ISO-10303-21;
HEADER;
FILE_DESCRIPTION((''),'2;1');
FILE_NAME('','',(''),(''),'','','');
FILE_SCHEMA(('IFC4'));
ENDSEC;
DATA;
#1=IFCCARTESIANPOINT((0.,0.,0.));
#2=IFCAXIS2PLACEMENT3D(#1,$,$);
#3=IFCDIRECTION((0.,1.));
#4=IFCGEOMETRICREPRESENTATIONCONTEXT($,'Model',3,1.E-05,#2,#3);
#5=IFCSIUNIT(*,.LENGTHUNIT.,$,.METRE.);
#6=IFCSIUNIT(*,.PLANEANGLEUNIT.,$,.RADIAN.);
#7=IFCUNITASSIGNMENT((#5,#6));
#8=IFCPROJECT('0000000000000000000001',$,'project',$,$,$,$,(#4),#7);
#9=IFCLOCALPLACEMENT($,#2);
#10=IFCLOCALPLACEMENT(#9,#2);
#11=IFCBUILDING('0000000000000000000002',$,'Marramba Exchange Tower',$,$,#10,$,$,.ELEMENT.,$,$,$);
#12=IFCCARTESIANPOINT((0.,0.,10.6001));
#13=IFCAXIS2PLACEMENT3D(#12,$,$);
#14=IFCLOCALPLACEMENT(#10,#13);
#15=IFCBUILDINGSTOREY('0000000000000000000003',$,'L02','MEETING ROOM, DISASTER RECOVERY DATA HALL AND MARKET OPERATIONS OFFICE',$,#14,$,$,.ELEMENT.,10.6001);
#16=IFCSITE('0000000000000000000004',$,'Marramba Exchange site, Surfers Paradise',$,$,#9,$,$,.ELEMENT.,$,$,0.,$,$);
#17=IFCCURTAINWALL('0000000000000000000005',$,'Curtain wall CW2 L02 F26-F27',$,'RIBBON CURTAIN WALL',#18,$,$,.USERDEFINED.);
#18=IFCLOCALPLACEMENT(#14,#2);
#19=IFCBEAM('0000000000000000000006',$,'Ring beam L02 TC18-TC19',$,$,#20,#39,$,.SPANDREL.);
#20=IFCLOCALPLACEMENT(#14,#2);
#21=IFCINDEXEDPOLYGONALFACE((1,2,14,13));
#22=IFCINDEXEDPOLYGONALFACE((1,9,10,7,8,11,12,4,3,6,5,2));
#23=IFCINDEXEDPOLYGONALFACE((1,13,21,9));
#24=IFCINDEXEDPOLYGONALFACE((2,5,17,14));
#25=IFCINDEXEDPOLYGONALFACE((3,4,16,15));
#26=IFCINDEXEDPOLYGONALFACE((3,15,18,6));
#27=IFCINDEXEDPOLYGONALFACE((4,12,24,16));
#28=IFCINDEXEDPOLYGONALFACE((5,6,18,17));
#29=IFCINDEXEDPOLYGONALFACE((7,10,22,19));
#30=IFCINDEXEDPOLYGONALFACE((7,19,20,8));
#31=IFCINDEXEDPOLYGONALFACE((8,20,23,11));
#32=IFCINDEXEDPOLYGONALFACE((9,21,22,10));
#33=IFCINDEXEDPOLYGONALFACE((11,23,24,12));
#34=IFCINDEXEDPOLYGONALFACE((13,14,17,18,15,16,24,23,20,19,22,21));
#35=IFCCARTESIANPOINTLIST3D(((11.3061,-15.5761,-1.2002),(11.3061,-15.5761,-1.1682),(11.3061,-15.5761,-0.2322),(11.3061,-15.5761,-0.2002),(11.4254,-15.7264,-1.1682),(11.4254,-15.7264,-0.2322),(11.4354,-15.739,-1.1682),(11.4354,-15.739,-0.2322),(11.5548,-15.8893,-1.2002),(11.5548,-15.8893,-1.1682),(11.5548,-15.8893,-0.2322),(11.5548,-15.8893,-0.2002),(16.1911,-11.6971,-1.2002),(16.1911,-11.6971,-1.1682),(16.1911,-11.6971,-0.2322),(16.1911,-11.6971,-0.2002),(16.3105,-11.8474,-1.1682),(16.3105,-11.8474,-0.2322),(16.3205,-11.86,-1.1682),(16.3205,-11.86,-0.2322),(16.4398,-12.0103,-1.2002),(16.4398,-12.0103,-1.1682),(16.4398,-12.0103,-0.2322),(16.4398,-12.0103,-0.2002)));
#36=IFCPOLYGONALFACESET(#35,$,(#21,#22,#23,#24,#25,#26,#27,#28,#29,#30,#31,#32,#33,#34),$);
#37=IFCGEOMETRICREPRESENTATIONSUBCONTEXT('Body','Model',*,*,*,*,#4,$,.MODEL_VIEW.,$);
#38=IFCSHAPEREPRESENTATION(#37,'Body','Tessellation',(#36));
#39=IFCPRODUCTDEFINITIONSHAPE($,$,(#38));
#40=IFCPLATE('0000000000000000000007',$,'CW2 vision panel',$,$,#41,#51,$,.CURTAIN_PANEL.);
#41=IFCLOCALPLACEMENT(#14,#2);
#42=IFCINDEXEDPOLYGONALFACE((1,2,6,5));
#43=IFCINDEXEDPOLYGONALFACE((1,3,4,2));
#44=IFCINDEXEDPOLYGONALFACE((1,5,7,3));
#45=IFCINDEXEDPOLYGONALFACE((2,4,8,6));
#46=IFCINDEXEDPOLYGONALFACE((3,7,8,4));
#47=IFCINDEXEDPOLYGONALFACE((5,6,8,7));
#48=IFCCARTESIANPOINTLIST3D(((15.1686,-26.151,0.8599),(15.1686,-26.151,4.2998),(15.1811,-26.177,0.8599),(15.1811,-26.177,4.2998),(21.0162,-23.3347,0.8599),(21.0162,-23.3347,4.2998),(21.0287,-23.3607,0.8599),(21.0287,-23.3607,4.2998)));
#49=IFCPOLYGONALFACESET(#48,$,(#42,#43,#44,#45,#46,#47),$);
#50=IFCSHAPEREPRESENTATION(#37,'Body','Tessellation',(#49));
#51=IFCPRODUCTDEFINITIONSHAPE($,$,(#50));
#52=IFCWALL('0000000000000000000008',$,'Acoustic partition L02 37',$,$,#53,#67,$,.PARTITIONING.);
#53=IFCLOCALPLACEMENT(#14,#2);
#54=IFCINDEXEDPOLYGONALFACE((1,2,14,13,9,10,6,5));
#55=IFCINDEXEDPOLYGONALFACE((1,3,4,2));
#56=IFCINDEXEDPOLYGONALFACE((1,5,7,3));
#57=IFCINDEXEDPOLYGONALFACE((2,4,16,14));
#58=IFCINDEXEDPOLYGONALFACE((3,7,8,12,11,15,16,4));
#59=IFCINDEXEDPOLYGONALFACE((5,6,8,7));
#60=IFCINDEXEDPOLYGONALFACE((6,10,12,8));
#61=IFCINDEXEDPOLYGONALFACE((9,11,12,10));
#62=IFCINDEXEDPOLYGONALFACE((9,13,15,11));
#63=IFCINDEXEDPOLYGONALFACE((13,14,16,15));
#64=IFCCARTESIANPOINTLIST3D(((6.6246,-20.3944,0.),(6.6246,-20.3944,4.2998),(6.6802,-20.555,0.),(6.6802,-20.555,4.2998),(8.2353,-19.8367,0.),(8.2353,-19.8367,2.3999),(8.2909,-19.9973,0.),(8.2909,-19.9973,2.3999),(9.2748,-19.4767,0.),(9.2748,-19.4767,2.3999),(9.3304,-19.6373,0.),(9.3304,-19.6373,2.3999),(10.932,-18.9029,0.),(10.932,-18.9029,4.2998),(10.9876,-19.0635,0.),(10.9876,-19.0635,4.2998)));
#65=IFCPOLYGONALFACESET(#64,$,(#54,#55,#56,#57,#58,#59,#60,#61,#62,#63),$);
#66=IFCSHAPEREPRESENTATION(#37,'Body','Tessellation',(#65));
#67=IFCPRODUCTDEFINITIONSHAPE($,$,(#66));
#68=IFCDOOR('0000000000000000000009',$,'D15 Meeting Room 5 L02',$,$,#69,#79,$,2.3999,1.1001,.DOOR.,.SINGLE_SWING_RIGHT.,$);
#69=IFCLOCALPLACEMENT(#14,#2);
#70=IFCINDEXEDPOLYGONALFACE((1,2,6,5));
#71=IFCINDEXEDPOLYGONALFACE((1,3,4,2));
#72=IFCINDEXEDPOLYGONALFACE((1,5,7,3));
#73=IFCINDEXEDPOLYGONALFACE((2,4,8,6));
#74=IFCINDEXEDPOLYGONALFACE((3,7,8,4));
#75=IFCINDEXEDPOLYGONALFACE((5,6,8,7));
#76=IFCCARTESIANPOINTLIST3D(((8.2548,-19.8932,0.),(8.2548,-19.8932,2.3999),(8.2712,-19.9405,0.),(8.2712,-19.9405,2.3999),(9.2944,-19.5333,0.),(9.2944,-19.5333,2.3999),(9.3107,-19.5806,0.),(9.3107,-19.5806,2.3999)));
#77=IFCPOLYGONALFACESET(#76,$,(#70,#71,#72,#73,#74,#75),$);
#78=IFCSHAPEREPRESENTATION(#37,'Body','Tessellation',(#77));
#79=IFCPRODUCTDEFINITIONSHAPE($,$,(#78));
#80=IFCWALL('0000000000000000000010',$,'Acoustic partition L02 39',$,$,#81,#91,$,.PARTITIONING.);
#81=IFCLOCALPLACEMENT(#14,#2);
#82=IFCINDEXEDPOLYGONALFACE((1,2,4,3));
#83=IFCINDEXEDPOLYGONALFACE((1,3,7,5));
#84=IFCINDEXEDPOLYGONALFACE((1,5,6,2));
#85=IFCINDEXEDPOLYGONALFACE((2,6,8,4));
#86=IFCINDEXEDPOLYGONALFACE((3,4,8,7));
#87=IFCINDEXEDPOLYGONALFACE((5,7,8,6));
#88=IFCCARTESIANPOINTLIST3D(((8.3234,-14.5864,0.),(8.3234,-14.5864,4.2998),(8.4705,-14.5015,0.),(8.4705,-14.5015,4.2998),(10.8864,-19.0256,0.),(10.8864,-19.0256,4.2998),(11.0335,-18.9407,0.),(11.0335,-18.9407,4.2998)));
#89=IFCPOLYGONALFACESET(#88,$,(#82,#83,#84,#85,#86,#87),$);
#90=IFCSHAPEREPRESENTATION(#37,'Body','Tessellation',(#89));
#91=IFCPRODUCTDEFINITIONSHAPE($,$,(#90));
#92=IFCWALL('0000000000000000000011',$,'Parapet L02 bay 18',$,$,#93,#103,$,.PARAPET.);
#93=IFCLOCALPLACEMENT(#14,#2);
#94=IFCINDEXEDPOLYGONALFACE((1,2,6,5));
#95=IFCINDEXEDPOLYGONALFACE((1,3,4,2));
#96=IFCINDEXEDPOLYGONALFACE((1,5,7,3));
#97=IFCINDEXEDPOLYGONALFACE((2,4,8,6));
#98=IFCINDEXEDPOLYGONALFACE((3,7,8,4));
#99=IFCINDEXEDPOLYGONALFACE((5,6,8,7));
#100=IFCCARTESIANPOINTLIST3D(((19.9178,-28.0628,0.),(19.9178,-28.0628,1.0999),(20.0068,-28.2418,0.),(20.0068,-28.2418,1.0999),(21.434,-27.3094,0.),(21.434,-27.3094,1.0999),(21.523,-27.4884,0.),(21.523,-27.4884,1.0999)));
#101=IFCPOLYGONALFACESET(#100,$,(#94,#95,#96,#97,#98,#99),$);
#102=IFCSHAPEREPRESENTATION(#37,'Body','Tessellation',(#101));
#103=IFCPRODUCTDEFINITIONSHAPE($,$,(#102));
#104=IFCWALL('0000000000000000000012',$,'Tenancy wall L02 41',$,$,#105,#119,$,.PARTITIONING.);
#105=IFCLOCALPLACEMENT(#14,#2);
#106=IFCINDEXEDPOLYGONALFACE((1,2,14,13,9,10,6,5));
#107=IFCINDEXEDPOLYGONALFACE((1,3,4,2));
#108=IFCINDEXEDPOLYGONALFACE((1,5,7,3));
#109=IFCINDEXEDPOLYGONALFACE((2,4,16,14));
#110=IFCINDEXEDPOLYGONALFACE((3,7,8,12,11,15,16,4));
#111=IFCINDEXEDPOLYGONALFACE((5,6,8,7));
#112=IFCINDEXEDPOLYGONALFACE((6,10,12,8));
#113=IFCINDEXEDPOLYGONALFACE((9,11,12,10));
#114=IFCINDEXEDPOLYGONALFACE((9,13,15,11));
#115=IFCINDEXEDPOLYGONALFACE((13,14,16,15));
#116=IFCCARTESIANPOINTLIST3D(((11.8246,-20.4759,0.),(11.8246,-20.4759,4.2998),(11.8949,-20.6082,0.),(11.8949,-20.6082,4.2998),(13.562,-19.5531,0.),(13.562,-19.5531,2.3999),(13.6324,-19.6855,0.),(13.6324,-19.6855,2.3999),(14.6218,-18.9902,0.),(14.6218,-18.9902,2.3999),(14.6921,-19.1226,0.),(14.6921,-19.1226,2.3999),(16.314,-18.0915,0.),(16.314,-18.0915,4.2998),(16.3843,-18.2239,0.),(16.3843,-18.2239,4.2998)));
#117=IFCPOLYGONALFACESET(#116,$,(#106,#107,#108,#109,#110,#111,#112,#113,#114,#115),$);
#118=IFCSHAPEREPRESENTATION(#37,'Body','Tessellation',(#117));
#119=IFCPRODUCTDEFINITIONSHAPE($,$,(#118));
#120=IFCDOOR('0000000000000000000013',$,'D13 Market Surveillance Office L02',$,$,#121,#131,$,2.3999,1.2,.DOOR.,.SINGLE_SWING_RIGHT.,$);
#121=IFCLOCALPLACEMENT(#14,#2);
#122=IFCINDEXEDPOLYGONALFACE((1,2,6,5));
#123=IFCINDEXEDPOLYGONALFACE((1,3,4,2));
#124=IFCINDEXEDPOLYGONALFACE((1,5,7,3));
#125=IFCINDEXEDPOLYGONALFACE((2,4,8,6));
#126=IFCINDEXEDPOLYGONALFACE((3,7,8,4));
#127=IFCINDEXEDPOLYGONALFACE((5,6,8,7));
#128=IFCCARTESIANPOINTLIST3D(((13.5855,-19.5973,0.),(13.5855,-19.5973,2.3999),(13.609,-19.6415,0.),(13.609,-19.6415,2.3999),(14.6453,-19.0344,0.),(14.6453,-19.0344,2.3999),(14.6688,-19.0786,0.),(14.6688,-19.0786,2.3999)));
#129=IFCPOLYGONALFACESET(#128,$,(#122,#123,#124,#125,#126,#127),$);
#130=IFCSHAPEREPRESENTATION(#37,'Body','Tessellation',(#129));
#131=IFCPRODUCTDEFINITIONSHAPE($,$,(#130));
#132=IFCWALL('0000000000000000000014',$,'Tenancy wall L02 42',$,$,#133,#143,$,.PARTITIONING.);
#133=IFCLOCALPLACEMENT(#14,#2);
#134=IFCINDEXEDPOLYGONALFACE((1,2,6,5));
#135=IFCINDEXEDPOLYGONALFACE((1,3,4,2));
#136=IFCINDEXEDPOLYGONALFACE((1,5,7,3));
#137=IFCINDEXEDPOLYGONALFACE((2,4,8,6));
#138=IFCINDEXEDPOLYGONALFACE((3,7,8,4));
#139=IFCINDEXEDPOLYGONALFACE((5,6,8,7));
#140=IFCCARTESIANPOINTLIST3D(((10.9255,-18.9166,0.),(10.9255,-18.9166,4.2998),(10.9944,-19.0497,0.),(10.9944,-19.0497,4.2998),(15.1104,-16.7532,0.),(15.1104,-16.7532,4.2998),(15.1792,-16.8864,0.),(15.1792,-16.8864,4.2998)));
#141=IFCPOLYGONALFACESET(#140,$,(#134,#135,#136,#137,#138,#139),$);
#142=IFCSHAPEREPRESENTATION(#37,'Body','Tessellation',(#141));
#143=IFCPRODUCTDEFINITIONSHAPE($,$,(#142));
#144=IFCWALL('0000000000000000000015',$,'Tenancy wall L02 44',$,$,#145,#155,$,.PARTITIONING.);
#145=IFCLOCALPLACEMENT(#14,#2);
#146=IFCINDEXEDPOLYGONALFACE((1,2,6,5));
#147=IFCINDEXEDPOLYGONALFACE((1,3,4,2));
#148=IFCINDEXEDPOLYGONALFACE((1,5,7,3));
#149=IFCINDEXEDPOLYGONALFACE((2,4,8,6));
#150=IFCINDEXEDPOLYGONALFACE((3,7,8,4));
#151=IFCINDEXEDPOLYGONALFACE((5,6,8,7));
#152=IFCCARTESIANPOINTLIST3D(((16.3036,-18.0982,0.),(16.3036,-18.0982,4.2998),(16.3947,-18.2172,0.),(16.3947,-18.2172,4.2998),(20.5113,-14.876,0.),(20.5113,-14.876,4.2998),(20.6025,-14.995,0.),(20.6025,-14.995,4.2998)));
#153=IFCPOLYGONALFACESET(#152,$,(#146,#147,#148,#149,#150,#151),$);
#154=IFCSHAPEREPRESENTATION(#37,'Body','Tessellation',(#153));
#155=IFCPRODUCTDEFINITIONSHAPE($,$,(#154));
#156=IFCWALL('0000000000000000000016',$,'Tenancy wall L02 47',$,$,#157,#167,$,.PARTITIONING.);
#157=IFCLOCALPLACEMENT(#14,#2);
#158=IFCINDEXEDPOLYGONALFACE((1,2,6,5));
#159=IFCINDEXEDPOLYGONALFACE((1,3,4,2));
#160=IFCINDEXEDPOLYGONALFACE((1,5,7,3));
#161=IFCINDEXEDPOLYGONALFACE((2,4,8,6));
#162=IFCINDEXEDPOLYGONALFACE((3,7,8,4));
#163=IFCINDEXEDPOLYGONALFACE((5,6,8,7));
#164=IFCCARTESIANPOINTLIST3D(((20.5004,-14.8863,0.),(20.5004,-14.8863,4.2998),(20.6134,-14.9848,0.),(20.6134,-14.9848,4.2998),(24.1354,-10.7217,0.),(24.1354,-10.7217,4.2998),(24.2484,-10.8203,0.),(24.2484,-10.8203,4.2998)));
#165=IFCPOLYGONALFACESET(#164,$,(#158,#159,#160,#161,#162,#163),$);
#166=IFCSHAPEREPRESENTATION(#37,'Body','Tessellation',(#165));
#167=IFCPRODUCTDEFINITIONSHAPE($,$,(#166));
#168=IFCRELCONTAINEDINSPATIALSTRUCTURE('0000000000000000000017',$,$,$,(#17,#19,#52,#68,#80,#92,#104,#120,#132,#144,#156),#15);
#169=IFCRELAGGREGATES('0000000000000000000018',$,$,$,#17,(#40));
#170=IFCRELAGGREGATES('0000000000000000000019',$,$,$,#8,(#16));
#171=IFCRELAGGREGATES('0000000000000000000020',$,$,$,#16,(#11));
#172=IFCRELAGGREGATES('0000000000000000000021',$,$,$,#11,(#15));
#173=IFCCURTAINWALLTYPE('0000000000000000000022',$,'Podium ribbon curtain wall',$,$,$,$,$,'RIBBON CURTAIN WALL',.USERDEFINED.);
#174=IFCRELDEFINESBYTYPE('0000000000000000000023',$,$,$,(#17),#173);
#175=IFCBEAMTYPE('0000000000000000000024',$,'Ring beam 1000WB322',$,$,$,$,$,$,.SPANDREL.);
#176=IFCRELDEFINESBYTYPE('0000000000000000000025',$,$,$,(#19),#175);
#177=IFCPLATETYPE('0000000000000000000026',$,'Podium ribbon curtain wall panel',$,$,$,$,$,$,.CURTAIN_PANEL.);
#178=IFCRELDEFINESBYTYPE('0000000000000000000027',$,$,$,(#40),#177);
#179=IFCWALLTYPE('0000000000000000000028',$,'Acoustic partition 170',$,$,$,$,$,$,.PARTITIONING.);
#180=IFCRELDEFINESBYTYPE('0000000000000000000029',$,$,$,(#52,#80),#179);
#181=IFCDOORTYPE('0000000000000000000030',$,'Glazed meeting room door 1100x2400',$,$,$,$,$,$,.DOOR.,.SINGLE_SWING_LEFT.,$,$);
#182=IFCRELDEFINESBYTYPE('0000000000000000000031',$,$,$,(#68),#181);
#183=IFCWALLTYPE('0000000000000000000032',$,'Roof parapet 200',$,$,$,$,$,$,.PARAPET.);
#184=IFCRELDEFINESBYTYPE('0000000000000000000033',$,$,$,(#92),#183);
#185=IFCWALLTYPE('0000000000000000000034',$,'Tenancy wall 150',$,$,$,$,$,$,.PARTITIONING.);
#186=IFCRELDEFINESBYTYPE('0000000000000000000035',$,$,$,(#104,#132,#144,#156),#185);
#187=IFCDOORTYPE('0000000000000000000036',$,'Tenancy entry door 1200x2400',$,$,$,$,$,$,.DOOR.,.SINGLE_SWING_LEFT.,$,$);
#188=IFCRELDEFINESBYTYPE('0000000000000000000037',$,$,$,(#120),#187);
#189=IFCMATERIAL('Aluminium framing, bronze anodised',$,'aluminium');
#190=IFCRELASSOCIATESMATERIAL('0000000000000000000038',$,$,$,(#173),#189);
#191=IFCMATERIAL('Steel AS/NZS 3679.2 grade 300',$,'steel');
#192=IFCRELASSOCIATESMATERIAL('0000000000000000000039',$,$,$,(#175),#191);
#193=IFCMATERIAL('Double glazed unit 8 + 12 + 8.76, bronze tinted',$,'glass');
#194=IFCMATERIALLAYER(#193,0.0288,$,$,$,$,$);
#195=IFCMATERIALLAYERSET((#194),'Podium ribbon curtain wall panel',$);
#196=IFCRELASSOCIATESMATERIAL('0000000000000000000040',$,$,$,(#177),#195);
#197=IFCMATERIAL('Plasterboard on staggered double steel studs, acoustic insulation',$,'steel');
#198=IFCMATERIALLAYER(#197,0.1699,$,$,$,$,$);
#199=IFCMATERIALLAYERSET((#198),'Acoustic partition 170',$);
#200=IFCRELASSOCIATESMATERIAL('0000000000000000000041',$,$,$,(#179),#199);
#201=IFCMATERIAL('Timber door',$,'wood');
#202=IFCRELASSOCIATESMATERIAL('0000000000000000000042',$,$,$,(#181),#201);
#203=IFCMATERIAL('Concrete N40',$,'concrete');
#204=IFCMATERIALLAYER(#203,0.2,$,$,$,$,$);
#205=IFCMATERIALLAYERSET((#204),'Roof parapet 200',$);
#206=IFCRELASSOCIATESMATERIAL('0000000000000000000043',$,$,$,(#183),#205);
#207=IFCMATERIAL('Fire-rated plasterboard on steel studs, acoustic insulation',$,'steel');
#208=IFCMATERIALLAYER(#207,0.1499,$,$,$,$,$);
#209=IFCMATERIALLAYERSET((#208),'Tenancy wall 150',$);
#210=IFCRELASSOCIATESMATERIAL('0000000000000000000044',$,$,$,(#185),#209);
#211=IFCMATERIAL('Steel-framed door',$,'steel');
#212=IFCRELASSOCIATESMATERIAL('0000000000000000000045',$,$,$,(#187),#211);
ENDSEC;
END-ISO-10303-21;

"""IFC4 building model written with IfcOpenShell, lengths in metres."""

from ifc_helpers import new_model, si_unit, direction, frame, frame_2d, origin, origin_2d, place, context, subcontext, project, spatial, rectangle, i_section, extrude, material, layer, layer_set, material_profile, profile_set, type_object, element, fill, aggregate, save


model = new_model("IFC4")

# Units and contexts
model_context = context("Model", 3, precision=1e-05, world=origin(), true_north=direction((0.0, 1.0)))
body_context = subcontext(model_context, "Body", "Model", "MODEL_VIEW")
ifc_project = project(units=[si_unit("LENGTHUNIT", "METRE"), si_unit("PLANEANGLEUNIT", "RADIAN")], contexts=[model_context])

# Site, building, storey
site_placement = place(None, origin())
site = spatial("IfcSite", under=ifc_project, at=site_placement, Name="Marramba Exchange site, Surfers Paradise", CompositionType="ELEMENT", RefElevation=0.0)
building_placement = place(site_placement, origin())
building = spatial("IfcBuilding", under=site, at=building_placement, Name="Marramba Exchange Tower", CompositionType="ELEMENT")
storey_placement = place(building_placement, frame((0.0, 0.0, 10.6001)))
storey = spatial("IfcBuildingStorey", under=building, at=storey_placement, Name="L02", Description="MEETING ROOM, DISASTER RECOVERY DATA HALL AND MARKET OPERATIONS OFFICE", CompositionType="ELEMENT", Elevation=10.6001)

# Curtain wall
ifc_material_1 = material(Name="Aluminium framing, bronze anodised", Category="aluminium")
curtain_wall_type = type_object("IfcCurtainWallType", Name="Podium ribbon curtain wall", ElementType="RIBBON CURTAIN WALL", PredefinedType="USERDEFINED", material=ifc_material_1)
curtain_wall_placement = place(storey_placement, origin())
curtain_wall = element("IfcCurtainWall", 1, at=curtain_wall_placement, inside=storey, type_object=curtain_wall_type, Name="Curtain wall CW2 L02 F26-F27", ObjectType="RIBBON CURTAIN WALL", PredefinedType="USERDEFINED")

# Beam
ifc_material_2 = material(Name="Steel AS/NZS 3679.2 grade 300", Category="steel")
ifc_material_profile_1 = material_profile(ifc_material_2, i_section(OverallWidth=0.3999, OverallDepth=1.0, WebThickness=0.0161, FlangeThickness=0.032, at=origin_2d()), Name="1000WB322")
ifc_profile_set_1 = profile_set([ifc_material_profile_1], Name="Steel AS/NZS 3679.2 grade 300")
beam_type_1 = type_object("IfcBeamType", Name="Ring beam 1000WB322", PredefinedType="SPANDREL", material=ifc_profile_set_1)
beam_1_placement = place(storey_placement, frame((11.4304, -15.7327, -0.7002), z_axis=(0.783139, 0.621846, 0.0), x_axis=(-0.621846, 0.783139, 0.0)))
element("IfcBeam", 2, at=beam_1_placement, inside=storey, type_object=beam_type_1, Name="Ring beam L02 TC18-TC19", PredefinedType="SPANDREL", context=body_context, shape_type="SweptSolid", body=[
    extrude(i_section(OverallWidth=0.3999, OverallDepth=1.0, WebThickness=0.0161, FlangeThickness=0.032, at=origin_2d()), origin(), (0.0, 0.0, 1.0), 6.2378),
])

# Plate
ifc_material_3 = material(Name="Double glazed unit 8 + 12 + 8.76, bronze tinted", Category="glass")
ifc_layer_1 = layer(ifc_material_3, 0.0288)
ifc_layer_set_1 = layer_set([ifc_layer_1], Name="Podium ribbon curtain wall panel")
plate_type = type_object("IfcPlateType", Name="Podium ribbon curtain wall panel", PredefinedType="CURTAIN_PANEL", material=ifc_layer_set_1)
plate_placement = place(storey_placement, frame((18.0986, -24.7559, 0.8599), z_axis=(0.0, 0.0, 1.0), x_axis=(0.900956, 0.43391, 0.0)))
plate = element("IfcPlate", 3, at=plate_placement, type_object=plate_type, Name="CW2 vision panel", PredefinedType="CURTAIN_PANEL", context=body_context, shape_type="SweptSolid", body=[
    extrude(rectangle(XDim=6.4905, YDim=0.0288, at=origin_2d()), origin(), (0.0, 0.0, 1.0), 3.4399),
])
aggregate(curtain_wall, [plate])

# Wall, opening, door
ifc_material_4 = material(Name="Plasterboard on staggered double steel studs, acoustic insulation", Category="steel")
ifc_layer_2 = layer(ifc_material_4, 0.1699)
ifc_layer_set_2 = layer_set([ifc_layer_2], Name="Acoustic partition 170")
wall_type_1 = type_object("IfcWallType", Name="Acoustic partition 170", PredefinedType="PARTITIONING", material=ifc_layer_set_2)
wall_1_placement = place(storey_placement, frame((10.96, -18.9832, 0.0), z_axis=(0.0, 0.0, 1.0), x_axis=(-0.944956, -0.327197, 0.0)))
wall_1 = element("IfcWall", 4, at=wall_1_placement, inside=storey, type_object=wall_type_1, Name="Acoustic partition L02 37", PredefinedType="PARTITIONING", context=body_context, shape_type="SweptSolid", body=[
    extrude(rectangle(XDim=4.5583, YDim=0.1699, at=frame_2d((2.2793, 0.0))), origin(), (0.0, 0.0, 1.0), 4.2998),
])
opening_1_placement = place(wall_1_placement, frame((1.7539, 0.0, 0.0)))
opening_1 = element("IfcOpeningElement", 5, at=opening_1_placement, cuts=wall_1, PredefinedType="OPENING", context=body_context, shape_type="SweptSolid", body=[
    extrude(rectangle(XDim=1.1001, YDim=2.3999, at=frame_2d((0.55, 1.2))), frame((0.0, 0.095, 0.0), z_axis=(0.0, -1.0, 0.0), x_axis=(1.0, 0.0, 0.0)), (0.0, 0.0, 1.0), 0.1899),
])
ifc_material_5 = material(Name="Timber door", Category="wood")
door_type_1 = type_object("IfcDoorType", Name="Glazed meeting room door 1100x2400", OperationType="SINGLE_SWING_LEFT", PredefinedType="DOOR", material=ifc_material_5)
door_1_placement = place(opening_1_placement, origin())
door_1 = element("IfcDoor", 6, at=door_1_placement, inside=storey, type_object=door_type_1, Name="D15 Meeting Room 5 L02", OperationType="SINGLE_SWING_RIGHT", OverallHeight=2.3999, OverallWidth=1.1001, PredefinedType="DOOR", context=body_context, shape_type="SweptSolid", body=[
    extrude(rectangle(XDim=1.1001, YDim=2.3999, at=frame_2d((0.55, 1.2))), frame((0.0, 0.0249, 0.0), z_axis=(0.0, -1.0, 0.0), x_axis=(1.0, 0.0, 0.0)), (0.0, 0.0, 1.0), 0.05),
])
fill(opening_1, door_1)

# Walls
wall_2_placement = place(storey_placement, frame((10.96, -18.9832, 0.0), z_axis=(0.0, 0.0, 1.0), x_axis=(-0.500001, 0.866025, 0.0)))
element("IfcWall", 7, at=wall_2_placement, inside=storey, type_object=wall_type_1, Name="Acoustic partition L02 39", PredefinedType="PARTITIONING", context=body_context, shape_type="SweptSolid", body=[
    extrude(rectangle(XDim=5.126, YDim=0.1699, at=frame_2d((2.563, 0.0))), origin(), (0.0, 0.0, 1.0), 4.2998),
])
ifc_material_6 = material(Name="Concrete N40", Category="concrete")
ifc_layer_3 = layer(ifc_material_6, 0.2)
ifc_layer_set_3 = layer_set([ifc_layer_3], Name="Roof parapet 200")
wall_type_2 = type_object("IfcWallType", Name="Roof parapet 200", PredefinedType="PARAPET", material=ifc_layer_set_3)
wall_3_placement = place(storey_placement, frame((19.9622, -28.1523, 0.0), z_axis=(0.0, 0.0, 1.0), x_axis=(0.895549, 0.444963, 0.0)))
element("IfcWall", 8, at=wall_3_placement, inside=storey, type_object=wall_type_2, Name="Parapet L02 bay 18", PredefinedType="PARAPET", context=body_context, shape_type="SweptSolid", body=[
    extrude(rectangle(XDim=1.6931, YDim=0.2, at=frame_2d((0.8467, 0.0))), origin(), (0.0, 0.0, 1.0), 1.0999),
])

# Wall, opening, door
ifc_material_7 = material(Name="Fire-rated plasterboard on steel studs, acoustic insulation", Category="steel")
ifc_layer_4 = layer(ifc_material_7, 0.1499)
ifc_layer_set_4 = layer_set([ifc_layer_4], Name="Tenancy wall 150")
wall_type_3 = type_object("IfcWallType", Name="Tenancy wall 150", PredefinedType="PARTITIONING", material=ifc_layer_set_4)
wall_4_placement = place(storey_placement, frame((11.8599, -20.542, 0.0), z_axis=(0.0, 0.0, 1.0), x_axis=(0.883168, 0.469057, 0.0)))
wall_4 = element("IfcWall", 9, at=wall_4_placement, inside=storey, type_object=wall_type_3, Name="Tenancy wall L02 41", PredefinedType="PARTITIONING", context=body_context, shape_type="SweptSolid", body=[
    extrude(rectangle(XDim=5.0833, YDim=0.1499, at=frame_2d((2.5415, 0.0))), origin(), (0.0, 0.0, 1.0), 4.2998),
])
opening_2_placement = place(wall_4_placement, frame((1.967, 0.0, 0.0)))
opening_2 = element("IfcOpeningElement", 10, at=opening_2_placement, cuts=wall_4, PredefinedType="OPENING", context=body_context, shape_type="SweptSolid", body=[
    extrude(rectangle(XDim=1.2, YDim=2.3999, at=frame_2d((0.6001, 1.2))), frame((0.0, 0.085, 0.0), z_axis=(0.0, -1.0, 0.0), x_axis=(1.0, 0.0, 0.0)), (0.0, 0.0, 1.0), 0.1699),
])
ifc_material_8 = material(Name="Steel-framed door", Category="steel")
door_type_2 = type_object("IfcDoorType", Name="Tenancy entry door 1200x2400", OperationType="SINGLE_SWING_LEFT", PredefinedType="DOOR", material=ifc_material_8)
door_2_placement = place(opening_2_placement, origin())
door_2 = element("IfcDoor", 11, at=door_2_placement, inside=storey, type_object=door_type_2, Name="D13 Market Surveillance Office L02", OperationType="SINGLE_SWING_RIGHT", OverallHeight=2.3999, OverallWidth=1.2, PredefinedType="DOOR", context=body_context, shape_type="SweptSolid", body=[
    extrude(rectangle(XDim=1.2, YDim=2.3999, at=frame_2d((0.6001, 1.2))), frame((0.0, 0.0249, 0.0), z_axis=(0.0, -1.0, 0.0), x_axis=(1.0, 0.0, 0.0)), (0.0, 0.0, 1.0), 0.05),
])
fill(opening_2, door_2)

# Walls
wall_5_placement = place(storey_placement, frame((15.1448, -16.8198, 0.0), z_axis=(0.0, 0.0, 1.0), x_axis=(-0.888324, -0.459217, 0.0)))
element("IfcWall", 12, at=wall_5_placement, inside=storey, type_object=wall_type_3, Name="Tenancy wall L02 42", PredefinedType="PARTITIONING", context=body_context, shape_type="SweptSolid", body=[
    extrude(rectangle(XDim=4.7109, YDim=0.1499, at=frame_2d((2.3555, 0.0))), origin(), (0.0, 0.0, 1.0), 4.2998),
])
wall_6_placement = place(storey_placement, frame((16.3491, -18.1577, 0.0), z_axis=(0.0, 0.0, 1.0), x_axis=(0.793951, 0.607982, 0.0)))
element("IfcWall", 13, at=wall_6_placement, inside=storey, type_object=wall_type_3, Name="Tenancy wall L02 44", PredefinedType="PARTITIONING", context=body_context, shape_type="SweptSolid", body=[
    extrude(rectangle(XDim=5.2998, YDim=0.1499, at=frame_2d((2.6499, 0.0))), origin(), (0.0, 0.0, 1.0), 4.2998),
])
wall_7_placement = place(storey_placement, frame((20.5569, -14.9355, 0.0), z_axis=(0.0, 0.0, 1.0), x_axis=(0.657585, 0.75338, 0.0)))
element("IfcWall", 14, at=wall_7_placement, inside=storey, type_object=wall_type_3, Name="Tenancy wall L02 47", PredefinedType="PARTITIONING", context=body_context, shape_type="SweptSolid", body=[
    extrude(rectangle(XDim=5.5278, YDim=0.1499, at=frame_2d((2.7639, 0.0))), origin(), (0.0, 0.0, 1.0), 4.2998),
])

save(model, "model.ifc")
